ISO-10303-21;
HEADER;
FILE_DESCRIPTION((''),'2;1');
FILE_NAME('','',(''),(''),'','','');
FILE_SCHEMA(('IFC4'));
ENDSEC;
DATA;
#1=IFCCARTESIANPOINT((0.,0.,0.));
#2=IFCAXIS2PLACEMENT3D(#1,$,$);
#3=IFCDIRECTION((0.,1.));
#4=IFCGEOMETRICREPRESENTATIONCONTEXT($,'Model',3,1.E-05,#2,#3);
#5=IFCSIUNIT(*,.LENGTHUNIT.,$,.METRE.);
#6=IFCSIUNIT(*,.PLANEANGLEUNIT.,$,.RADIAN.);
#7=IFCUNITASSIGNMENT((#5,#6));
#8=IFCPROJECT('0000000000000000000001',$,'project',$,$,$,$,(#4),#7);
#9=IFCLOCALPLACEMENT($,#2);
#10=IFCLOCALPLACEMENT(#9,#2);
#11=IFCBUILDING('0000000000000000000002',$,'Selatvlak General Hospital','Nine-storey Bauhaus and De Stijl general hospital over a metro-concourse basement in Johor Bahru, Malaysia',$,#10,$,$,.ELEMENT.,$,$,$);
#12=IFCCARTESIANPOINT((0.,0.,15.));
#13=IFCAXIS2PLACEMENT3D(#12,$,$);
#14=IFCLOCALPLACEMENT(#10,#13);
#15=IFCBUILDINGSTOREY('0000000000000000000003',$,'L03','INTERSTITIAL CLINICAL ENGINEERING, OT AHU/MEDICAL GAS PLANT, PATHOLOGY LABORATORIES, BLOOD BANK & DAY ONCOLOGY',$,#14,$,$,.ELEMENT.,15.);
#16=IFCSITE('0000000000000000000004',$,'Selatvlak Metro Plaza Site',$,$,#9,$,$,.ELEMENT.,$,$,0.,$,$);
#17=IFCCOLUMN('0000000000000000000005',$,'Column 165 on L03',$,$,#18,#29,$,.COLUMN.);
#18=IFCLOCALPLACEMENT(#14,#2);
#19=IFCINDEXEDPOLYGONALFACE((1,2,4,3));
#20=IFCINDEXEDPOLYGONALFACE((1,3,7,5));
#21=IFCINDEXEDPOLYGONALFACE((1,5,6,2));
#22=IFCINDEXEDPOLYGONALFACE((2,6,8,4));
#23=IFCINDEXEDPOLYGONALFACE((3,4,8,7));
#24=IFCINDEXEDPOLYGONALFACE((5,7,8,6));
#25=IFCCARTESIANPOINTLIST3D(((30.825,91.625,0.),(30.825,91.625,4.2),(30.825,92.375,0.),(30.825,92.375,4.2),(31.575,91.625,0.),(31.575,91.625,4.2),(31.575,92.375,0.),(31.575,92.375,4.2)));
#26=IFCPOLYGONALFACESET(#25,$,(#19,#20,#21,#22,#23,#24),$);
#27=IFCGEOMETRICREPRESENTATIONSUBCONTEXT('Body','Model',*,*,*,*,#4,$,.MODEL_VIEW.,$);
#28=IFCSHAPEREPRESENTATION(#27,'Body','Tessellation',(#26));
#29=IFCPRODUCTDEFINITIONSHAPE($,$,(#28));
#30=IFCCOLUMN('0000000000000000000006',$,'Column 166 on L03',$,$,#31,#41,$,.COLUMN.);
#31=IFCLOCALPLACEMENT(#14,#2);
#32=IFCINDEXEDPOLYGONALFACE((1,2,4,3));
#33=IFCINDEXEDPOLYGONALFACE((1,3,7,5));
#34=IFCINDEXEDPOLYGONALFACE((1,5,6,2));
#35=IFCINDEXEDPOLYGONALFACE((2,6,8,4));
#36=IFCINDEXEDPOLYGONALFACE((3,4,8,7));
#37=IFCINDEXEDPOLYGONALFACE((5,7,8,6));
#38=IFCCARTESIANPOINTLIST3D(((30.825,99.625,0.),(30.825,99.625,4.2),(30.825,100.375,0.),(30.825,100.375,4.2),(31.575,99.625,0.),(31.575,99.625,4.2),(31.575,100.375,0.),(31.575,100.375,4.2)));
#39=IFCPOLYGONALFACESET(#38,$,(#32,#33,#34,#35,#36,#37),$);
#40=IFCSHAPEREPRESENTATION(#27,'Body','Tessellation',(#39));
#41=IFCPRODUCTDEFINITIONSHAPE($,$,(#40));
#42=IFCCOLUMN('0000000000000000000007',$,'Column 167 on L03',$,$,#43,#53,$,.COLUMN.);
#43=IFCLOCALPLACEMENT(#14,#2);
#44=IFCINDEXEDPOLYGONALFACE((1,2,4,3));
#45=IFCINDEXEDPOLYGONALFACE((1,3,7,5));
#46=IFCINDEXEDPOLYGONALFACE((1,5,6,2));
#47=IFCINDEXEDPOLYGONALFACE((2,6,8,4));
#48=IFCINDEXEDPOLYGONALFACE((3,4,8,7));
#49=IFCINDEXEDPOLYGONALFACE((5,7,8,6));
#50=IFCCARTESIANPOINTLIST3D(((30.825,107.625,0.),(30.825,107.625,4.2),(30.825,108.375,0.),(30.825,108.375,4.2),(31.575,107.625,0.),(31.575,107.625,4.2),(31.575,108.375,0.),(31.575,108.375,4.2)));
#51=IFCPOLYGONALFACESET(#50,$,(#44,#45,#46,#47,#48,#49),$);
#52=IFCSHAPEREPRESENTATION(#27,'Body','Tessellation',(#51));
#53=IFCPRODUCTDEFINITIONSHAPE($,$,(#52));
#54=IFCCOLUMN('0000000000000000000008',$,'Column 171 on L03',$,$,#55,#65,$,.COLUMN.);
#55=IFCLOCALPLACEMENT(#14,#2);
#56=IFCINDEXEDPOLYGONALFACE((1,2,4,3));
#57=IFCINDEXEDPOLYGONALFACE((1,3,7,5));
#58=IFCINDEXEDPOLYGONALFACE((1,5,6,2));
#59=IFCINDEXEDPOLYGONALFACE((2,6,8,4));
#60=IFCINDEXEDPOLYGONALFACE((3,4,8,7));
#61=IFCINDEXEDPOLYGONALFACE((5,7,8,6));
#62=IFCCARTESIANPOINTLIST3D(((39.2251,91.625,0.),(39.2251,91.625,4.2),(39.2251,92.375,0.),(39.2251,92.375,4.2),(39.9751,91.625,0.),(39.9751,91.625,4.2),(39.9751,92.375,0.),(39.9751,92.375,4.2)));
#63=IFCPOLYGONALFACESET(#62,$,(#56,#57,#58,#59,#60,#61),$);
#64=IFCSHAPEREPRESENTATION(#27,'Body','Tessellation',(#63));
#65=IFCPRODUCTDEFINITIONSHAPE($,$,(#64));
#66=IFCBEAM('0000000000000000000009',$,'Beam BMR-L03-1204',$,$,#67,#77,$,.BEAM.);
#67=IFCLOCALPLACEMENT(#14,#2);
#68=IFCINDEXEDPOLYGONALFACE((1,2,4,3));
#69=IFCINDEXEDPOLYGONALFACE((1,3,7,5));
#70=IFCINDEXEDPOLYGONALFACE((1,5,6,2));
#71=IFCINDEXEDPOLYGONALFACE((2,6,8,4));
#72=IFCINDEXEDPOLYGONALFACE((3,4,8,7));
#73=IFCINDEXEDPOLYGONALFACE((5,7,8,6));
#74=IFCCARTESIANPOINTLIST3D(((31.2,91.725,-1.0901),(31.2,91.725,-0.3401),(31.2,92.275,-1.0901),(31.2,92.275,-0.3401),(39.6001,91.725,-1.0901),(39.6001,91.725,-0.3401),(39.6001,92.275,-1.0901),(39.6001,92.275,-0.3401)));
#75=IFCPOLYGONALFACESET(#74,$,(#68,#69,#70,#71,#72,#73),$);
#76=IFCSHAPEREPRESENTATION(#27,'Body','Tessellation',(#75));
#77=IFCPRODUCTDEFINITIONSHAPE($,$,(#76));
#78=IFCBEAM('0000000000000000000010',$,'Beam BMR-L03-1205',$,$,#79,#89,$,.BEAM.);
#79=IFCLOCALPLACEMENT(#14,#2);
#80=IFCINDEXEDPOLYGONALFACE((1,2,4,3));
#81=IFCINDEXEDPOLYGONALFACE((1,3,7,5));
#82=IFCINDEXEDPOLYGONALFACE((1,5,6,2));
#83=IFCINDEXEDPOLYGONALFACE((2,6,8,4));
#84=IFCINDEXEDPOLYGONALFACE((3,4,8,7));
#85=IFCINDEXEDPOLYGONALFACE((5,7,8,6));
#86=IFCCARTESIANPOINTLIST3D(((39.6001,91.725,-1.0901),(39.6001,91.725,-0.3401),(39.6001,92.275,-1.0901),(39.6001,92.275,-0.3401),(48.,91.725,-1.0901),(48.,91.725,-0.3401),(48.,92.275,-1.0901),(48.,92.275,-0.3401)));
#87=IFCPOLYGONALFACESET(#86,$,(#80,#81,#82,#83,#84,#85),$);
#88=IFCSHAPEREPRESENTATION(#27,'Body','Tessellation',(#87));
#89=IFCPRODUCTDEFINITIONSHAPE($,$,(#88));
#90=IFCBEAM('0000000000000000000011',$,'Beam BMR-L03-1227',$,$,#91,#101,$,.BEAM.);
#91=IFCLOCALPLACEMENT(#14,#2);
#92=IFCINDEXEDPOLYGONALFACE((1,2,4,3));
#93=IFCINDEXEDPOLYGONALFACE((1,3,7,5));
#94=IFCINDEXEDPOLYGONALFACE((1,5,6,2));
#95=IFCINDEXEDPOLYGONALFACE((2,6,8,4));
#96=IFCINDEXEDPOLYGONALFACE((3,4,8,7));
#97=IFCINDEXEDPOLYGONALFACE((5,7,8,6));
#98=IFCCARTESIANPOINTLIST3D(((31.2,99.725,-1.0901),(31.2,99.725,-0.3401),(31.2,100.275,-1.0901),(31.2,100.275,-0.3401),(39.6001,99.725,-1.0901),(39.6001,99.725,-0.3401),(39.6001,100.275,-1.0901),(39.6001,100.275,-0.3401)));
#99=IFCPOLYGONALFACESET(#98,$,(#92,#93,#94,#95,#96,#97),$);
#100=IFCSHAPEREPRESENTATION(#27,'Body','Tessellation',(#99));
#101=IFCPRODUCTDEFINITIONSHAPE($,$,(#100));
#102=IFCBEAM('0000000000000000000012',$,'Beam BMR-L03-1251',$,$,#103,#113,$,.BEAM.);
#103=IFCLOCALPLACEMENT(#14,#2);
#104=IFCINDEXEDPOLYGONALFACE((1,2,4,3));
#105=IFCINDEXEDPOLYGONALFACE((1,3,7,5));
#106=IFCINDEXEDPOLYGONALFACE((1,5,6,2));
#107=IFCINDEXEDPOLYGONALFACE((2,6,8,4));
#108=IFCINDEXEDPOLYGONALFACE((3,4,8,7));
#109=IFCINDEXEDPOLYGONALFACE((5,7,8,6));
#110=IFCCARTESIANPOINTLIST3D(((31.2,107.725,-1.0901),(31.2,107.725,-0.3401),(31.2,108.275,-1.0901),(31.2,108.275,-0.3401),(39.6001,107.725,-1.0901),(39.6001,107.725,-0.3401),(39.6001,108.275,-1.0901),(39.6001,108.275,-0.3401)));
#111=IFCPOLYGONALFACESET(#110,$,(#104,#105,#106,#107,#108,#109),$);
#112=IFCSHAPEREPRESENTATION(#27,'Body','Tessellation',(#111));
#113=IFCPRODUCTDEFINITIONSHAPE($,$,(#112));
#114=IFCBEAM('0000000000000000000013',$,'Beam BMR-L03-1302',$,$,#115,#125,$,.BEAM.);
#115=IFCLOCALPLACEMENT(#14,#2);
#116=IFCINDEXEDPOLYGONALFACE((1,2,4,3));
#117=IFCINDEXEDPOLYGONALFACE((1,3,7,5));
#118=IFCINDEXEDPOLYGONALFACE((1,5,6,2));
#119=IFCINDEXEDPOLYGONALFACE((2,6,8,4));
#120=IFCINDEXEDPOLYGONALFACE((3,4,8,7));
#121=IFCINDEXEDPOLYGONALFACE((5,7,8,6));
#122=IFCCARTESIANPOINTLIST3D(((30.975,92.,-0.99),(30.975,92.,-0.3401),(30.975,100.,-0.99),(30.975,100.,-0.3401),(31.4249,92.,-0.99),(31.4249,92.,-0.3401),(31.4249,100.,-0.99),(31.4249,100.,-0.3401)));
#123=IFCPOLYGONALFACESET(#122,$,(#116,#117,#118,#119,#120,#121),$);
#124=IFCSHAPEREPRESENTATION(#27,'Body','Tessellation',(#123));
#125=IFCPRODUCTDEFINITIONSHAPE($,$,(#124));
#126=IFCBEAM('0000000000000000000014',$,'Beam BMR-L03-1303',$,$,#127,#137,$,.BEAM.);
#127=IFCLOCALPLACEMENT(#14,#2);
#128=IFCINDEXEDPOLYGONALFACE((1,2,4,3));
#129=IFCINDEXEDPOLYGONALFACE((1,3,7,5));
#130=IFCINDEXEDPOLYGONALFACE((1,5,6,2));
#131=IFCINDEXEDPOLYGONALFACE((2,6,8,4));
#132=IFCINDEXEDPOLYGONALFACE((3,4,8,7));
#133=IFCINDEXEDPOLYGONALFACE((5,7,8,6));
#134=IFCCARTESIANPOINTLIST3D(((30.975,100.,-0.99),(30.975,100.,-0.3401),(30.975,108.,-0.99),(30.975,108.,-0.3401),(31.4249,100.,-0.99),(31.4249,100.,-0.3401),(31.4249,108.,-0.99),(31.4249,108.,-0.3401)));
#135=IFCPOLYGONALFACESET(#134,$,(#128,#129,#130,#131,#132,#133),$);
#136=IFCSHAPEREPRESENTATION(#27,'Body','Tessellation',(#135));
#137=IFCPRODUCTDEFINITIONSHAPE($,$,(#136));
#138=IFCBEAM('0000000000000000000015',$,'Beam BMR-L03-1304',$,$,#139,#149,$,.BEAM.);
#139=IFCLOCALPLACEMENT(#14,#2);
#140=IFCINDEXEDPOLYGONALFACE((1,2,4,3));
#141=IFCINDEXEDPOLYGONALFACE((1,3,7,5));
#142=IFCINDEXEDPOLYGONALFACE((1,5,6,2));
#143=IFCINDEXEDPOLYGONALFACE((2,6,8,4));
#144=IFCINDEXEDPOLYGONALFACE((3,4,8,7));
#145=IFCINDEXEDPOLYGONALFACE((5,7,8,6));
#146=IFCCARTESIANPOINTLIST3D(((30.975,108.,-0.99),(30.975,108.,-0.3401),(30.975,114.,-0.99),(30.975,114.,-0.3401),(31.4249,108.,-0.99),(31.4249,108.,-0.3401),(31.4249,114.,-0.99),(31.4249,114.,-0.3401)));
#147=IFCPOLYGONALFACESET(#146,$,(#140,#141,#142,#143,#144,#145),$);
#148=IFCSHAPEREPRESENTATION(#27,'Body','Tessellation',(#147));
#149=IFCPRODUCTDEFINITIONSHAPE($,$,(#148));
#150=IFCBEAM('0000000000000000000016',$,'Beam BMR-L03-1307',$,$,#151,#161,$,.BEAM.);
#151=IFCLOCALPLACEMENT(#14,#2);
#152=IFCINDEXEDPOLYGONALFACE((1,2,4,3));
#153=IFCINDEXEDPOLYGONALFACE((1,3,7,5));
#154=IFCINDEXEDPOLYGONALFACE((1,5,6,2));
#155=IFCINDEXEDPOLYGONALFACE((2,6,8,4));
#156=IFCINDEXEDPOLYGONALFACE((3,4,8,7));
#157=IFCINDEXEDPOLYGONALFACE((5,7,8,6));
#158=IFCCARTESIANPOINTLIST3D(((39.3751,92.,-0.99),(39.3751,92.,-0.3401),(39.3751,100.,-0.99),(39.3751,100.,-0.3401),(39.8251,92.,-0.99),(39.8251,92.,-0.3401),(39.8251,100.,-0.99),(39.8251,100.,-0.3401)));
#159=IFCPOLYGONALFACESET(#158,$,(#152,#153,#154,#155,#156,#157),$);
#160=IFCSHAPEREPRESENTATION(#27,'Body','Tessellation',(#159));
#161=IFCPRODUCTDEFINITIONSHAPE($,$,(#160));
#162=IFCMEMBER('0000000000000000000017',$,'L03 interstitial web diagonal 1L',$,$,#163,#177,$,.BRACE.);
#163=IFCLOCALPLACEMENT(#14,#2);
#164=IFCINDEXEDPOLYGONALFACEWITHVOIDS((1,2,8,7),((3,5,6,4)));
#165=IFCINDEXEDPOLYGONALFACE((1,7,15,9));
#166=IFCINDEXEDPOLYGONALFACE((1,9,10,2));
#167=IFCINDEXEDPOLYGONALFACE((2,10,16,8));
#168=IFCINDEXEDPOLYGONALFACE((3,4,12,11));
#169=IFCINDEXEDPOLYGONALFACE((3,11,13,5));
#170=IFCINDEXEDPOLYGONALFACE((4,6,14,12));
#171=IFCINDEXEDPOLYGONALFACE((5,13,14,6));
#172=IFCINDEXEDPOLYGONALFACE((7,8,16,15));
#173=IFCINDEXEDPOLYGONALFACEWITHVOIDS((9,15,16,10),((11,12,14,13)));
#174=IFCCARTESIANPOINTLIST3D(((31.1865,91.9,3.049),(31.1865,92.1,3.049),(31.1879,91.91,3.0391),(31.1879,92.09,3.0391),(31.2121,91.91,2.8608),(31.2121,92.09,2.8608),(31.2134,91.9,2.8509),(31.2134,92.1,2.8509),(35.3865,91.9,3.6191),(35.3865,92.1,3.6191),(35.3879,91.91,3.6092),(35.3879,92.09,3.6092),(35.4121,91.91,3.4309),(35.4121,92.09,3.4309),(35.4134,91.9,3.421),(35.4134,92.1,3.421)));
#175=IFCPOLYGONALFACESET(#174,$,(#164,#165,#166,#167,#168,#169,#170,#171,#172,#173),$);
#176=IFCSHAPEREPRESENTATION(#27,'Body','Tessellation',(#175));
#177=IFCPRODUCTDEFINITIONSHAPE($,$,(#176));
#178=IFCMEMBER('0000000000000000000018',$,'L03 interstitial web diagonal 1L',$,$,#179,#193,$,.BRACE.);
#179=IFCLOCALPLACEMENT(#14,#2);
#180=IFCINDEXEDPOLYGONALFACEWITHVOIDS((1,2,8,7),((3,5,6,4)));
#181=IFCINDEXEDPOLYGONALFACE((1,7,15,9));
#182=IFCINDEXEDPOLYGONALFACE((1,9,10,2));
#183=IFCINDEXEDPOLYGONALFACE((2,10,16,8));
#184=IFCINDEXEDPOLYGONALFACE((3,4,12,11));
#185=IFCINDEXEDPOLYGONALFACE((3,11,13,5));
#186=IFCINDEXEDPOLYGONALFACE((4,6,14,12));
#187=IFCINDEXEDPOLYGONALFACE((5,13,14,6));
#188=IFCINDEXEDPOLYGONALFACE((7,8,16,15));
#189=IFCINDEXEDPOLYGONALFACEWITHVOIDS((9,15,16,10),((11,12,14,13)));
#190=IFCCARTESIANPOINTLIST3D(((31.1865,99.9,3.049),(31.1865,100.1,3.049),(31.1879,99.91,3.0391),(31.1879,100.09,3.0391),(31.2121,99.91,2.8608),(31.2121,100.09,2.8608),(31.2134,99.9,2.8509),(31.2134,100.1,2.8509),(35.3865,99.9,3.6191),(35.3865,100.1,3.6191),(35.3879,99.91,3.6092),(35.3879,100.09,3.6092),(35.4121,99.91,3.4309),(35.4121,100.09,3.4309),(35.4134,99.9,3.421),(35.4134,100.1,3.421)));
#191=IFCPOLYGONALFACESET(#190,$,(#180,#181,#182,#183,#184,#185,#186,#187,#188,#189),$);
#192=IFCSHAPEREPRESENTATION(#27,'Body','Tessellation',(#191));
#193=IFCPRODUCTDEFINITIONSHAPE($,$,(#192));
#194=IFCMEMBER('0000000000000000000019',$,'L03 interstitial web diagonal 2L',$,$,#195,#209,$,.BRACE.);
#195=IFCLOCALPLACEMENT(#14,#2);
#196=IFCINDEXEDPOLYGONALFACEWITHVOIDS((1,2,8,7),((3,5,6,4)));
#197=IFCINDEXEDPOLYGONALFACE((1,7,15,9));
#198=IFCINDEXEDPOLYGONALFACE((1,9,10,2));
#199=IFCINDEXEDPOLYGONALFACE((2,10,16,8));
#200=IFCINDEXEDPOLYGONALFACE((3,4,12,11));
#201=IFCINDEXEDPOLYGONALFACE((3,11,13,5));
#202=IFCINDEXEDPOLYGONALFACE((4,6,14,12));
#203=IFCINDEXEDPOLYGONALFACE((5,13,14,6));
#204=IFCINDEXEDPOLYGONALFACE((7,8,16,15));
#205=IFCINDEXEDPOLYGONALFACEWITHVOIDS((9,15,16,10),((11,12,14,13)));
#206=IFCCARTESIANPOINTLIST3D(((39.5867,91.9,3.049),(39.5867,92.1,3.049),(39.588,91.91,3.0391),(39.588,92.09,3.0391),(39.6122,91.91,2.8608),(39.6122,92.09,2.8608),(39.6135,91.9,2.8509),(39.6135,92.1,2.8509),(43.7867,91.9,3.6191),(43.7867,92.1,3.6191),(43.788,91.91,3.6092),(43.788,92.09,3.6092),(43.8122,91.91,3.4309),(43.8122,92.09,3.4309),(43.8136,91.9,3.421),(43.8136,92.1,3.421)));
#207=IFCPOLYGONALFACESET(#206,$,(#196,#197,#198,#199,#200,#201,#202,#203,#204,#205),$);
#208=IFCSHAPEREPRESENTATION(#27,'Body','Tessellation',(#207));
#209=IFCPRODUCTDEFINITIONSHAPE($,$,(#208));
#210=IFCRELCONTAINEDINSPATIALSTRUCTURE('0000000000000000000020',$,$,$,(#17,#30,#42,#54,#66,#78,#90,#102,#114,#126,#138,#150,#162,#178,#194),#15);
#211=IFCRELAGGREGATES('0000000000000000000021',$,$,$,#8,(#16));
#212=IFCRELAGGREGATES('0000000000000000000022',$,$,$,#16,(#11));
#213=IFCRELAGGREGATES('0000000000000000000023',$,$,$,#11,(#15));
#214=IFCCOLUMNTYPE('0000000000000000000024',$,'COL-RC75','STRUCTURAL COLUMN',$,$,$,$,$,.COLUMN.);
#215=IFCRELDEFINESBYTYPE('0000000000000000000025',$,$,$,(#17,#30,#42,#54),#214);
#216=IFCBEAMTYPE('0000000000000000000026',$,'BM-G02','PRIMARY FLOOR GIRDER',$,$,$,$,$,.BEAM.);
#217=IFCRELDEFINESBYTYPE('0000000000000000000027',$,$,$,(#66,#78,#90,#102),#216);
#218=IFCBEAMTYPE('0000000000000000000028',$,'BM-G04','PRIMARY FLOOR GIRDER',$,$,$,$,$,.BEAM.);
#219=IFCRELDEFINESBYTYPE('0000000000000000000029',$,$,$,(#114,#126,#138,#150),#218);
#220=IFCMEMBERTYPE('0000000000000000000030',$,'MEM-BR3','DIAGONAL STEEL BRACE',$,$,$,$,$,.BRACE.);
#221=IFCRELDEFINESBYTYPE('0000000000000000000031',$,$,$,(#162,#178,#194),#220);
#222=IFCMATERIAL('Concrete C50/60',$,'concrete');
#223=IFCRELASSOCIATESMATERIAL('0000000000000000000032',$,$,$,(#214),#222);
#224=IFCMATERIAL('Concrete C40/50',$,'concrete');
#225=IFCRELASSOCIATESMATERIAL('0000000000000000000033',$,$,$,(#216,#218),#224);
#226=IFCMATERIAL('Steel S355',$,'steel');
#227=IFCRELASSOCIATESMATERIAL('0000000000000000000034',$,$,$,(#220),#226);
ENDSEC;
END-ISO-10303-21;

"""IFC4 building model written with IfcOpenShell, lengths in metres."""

from ifc_helpers import new_model, si_unit, direction, frame, origin, origin_2d, place, context, subcontext, project, spatial, rectangle, hollow_rectangle, extrude, material, material_profile, profile_set, type_object, element, save


model = new_model("IFC4")

# Units and contexts
model_context = context("Model", 3, precision=1e-05, world=origin(), true_north=direction((0.0, 1.0)))
body_context = subcontext(model_context, "Body", "Model", "MODEL_VIEW")
ifc_project = project(units=[si_unit("LENGTHUNIT", "METRE"), si_unit("PLANEANGLEUNIT", "RADIAN")], contexts=[model_context])

# Site, building, storey
site_placement = place(None, origin())
site = spatial("IfcSite", under=ifc_project, at=site_placement, Name="Selatvlak Metro Plaza Site", CompositionType="ELEMENT", RefElevation=0.0)
building_placement = place(site_placement, origin())
building = spatial("IfcBuilding", under=site, at=building_placement, Name="Selatvlak General Hospital", Description="Nine-storey Bauhaus and De Stijl general hospital over a metro-concourse basement in Johor Bahru, Malaysia", CompositionType="ELEMENT")
storey_placement = place(building_placement, frame((0.0, 0.0, 15.0)))
storey = spatial("IfcBuildingStorey", under=building, at=storey_placement, Name="L03", Description="INTERSTITIAL CLINICAL ENGINEERING, OT AHU/MEDICAL GAS PLANT, PATHOLOGY LABORATORIES, BLOOD BANK & DAY ONCOLOGY", CompositionType="ELEMENT", Elevation=15.0)

# Columns
ifc_material_1 = material(Name="Concrete C50/60", Category="concrete")
ifc_material_profile_1 = material_profile(ifc_material_1, rectangle(XDim=0.75, YDim=0.75, at=origin_2d()), Name="RC-COL 750x750")
ifc_profile_set_1 = profile_set([ifc_material_profile_1], Name="Concrete C50/60")
column_type = type_object("IfcColumnType", Name="COL-RC75", Description="STRUCTURAL COLUMN", PredefinedType="COLUMN", material=ifc_profile_set_1)
for number, where, z_axis, x_axis, name in (
    (1, (31.2, 92.0, 0.0), (0.0, 0.0, 1.0), (1.0, 0.0, 0.0), "Column 165 on L03"),
    (2, (31.2, 100.0, 0.0), (0.0, 0.0, 1.0), (1.0, 0.0, 0.0), "Column 166 on L03"),
    (3, (31.2, 108.0, 0.0), (0.0, 0.0, 1.0), (1.0, 0.0, 0.0), "Column 167 on L03"),
    (4, (39.6001, 92.0, 0.0), (0.0, 0.0, 1.0), (1.0, 0.0, 0.0), "Column 171 on L03"),
):
    element("IfcColumn", number, at=place(storey_placement, frame(where, z_axis=z_axis, x_axis=x_axis)), inside=storey, type_object=column_type, Name=name, PredefinedType="COLUMN", context=body_context, shape_type="SweptSolid", body=[
        extrude(rectangle(XDim=0.75, YDim=0.75, at=origin_2d()), origin(), (0.0, 0.0, 1.0), 4.2),
    ])

# Beams
ifc_material_2 = material(Name="Concrete C40/50", Category="concrete")
ifc_material_profile_2 = material_profile(ifc_material_2, rectangle(XDim=0.55, YDim=0.75, at=origin_2d()), Name="RC-BM 550x750")
ifc_profile_set_2 = profile_set([ifc_material_profile_2], Name="Concrete C40/50")
beam_type_1 = type_object("IfcBeamType", Name="BM-G02", Description="PRIMARY FLOOR GIRDER", PredefinedType="BEAM", material=ifc_profile_set_2)
beam_1_placement = place(storey_placement, frame((31.2, 92.0, -0.7151), z_axis=(1.0, 0.0, 0.0), x_axis=(0.0, 1.0, 0.0)))
element("IfcBeam", 5, at=beam_1_placement, inside=storey, type_object=beam_type_1, Name="Beam BMR-L03-1204", PredefinedType="BEAM", context=body_context, shape_type="SweptSolid", body=[
    extrude(rectangle(XDim=0.55, YDim=0.75, at=origin_2d()), origin(), (0.0, 0.0, 1.0), 8.4001),
])
beam_2_placement = place(storey_placement, frame((39.6001, 92.0, -0.7151), z_axis=(1.0, 0.0, 0.0), x_axis=(0.0, 1.0, 0.0)))
element("IfcBeam", 6, at=beam_2_placement, inside=storey, type_object=beam_type_1, Name="Beam BMR-L03-1205", PredefinedType="BEAM", context=body_context, shape_type="SweptSolid", body=[
    extrude(rectangle(XDim=0.55, YDim=0.75, at=origin_2d()), origin(), (0.0, 0.0, 1.0), 8.3999),
])
for number, where, z_axis, x_axis, name in (
    (7, (31.2, 100.0, -0.7151), (1.0, 0.0, 0.0), (0.0, 1.0, 0.0), "Beam BMR-L03-1227"),
    (8, (31.2, 108.0, -0.7151), (1.0, 0.0, 0.0), (0.0, 1.0, 0.0), "Beam BMR-L03-1251"),
):
    element("IfcBeam", number, at=place(storey_placement, frame(where, z_axis=z_axis, x_axis=x_axis)), inside=storey, type_object=beam_type_1, Name=name, PredefinedType="BEAM", context=body_context, shape_type="SweptSolid", body=[
        extrude(rectangle(XDim=0.55, YDim=0.75, at=origin_2d()), origin(), (0.0, 0.0, 1.0), 8.4001),
    ])
ifc_material_profile_3 = material_profile(ifc_material_2, rectangle(XDim=0.45, YDim=0.6499, at=origin_2d()), Name="RC-BM 450x650")
ifc_profile_set_3 = profile_set([ifc_material_profile_3], Name="Concrete C40/50")
beam_type_2 = type_object("IfcBeamType", Name="BM-G04", Description="PRIMARY FLOOR GIRDER", PredefinedType="BEAM", material=ifc_profile_set_3)
for number, where, z_axis, x_axis, name in (
    (9, (31.2, 92.0, -0.665), (0.0, 1.0, 0.0), (-1.0, 0.0, 0.0), "Beam BMR-L03-1302"),
    (10, (31.2, 100.0, -0.665), (0.0, 1.0, 0.0), (-1.0, 0.0, 0.0), "Beam BMR-L03-1303"),
):
    element("IfcBeam", number, at=place(storey_placement, frame(where, z_axis=z_axis, x_axis=x_axis)), inside=storey, type_object=beam_type_2, Name=name, PredefinedType="BEAM", context=body_context, shape_type="SweptSolid", body=[
        extrude(rectangle(XDim=0.45, YDim=0.6499, at=origin_2d()), origin(), (0.0, 0.0, 1.0), 8.0),
    ])
beam_3_placement = place(storey_placement, frame((31.2, 108.0, -0.665), z_axis=(0.0, 1.0, 0.0), x_axis=(-1.0, 0.0, 0.0)))
element("IfcBeam", 11, at=beam_3_placement, inside=storey, type_object=beam_type_2, Name="Beam BMR-L03-1304", PredefinedType="BEAM", context=body_context, shape_type="SweptSolid", body=[
    extrude(rectangle(XDim=0.45, YDim=0.6499, at=origin_2d()), origin(), (0.0, 0.0, 1.0), 6.0),
])
beam_4_placement = place(storey_placement, frame((39.6001, 92.0, -0.665), z_axis=(0.0, 1.0, 0.0), x_axis=(-1.0, 0.0, 0.0)))
element("IfcBeam", 12, at=beam_4_placement, inside=storey, type_object=beam_type_2, Name="Beam BMR-L03-1307", PredefinedType="BEAM", context=body_context, shape_type="SweptSolid", body=[
    extrude(rectangle(XDim=0.45, YDim=0.6499, at=origin_2d()), origin(), (0.0, 0.0, 1.0), 8.0),
])

# Members
ifc_material_3 = material(Name="Steel S355", Category="steel")
ifc_material_profile_4 = material_profile(ifc_material_3, hollow_rectangle(XDim=0.2, YDim=0.2, WallThickness=0.01, at=origin_2d()), Name="SHS 200x200x10")
ifc_profile_set_4 = profile_set([ifc_material_profile_4], Name="Steel S355")
member_type_1 = type_object("IfcMemberType", Name="MEM-BR3", Description="DIAGONAL STEEL BRACE", PredefinedType="BRACE", material=ifc_profile_set_4)
for number, where, z_axis, x_axis, name in (
    (13, (31.2, 92.0, 2.95), (0.990914, 0.0, 0.134499), (0.0, 1.0, 0.0), "L03 interstitial web diagonal 1L"),
    (14, (31.2, 100.0, 2.95), (0.990914, 0.0, 0.134499), (0.0, 1.0, 0.0), "L03 interstitial web diagonal 1L"),
    (15, (39.6001, 92.0, 2.95), (0.990914, 0.0, 0.134499), (0.0, 1.0, 0.0), "L03 interstitial web diagonal 2L"),
):
    element("IfcMember", number, at=place(storey_placement, frame(where, z_axis=z_axis, x_axis=x_axis)), inside=storey, type_object=member_type_1, Name=name, PredefinedType="BRACE", context=body_context, shape_type="SweptSolid", body=[
        extrude(hollow_rectangle(XDim=0.2, YDim=0.2, WallThickness=0.01, at=origin_2d()), origin(), (0.0, 0.0, 1.0), 4.2385),
    ])

save(model, "model.ifc")
